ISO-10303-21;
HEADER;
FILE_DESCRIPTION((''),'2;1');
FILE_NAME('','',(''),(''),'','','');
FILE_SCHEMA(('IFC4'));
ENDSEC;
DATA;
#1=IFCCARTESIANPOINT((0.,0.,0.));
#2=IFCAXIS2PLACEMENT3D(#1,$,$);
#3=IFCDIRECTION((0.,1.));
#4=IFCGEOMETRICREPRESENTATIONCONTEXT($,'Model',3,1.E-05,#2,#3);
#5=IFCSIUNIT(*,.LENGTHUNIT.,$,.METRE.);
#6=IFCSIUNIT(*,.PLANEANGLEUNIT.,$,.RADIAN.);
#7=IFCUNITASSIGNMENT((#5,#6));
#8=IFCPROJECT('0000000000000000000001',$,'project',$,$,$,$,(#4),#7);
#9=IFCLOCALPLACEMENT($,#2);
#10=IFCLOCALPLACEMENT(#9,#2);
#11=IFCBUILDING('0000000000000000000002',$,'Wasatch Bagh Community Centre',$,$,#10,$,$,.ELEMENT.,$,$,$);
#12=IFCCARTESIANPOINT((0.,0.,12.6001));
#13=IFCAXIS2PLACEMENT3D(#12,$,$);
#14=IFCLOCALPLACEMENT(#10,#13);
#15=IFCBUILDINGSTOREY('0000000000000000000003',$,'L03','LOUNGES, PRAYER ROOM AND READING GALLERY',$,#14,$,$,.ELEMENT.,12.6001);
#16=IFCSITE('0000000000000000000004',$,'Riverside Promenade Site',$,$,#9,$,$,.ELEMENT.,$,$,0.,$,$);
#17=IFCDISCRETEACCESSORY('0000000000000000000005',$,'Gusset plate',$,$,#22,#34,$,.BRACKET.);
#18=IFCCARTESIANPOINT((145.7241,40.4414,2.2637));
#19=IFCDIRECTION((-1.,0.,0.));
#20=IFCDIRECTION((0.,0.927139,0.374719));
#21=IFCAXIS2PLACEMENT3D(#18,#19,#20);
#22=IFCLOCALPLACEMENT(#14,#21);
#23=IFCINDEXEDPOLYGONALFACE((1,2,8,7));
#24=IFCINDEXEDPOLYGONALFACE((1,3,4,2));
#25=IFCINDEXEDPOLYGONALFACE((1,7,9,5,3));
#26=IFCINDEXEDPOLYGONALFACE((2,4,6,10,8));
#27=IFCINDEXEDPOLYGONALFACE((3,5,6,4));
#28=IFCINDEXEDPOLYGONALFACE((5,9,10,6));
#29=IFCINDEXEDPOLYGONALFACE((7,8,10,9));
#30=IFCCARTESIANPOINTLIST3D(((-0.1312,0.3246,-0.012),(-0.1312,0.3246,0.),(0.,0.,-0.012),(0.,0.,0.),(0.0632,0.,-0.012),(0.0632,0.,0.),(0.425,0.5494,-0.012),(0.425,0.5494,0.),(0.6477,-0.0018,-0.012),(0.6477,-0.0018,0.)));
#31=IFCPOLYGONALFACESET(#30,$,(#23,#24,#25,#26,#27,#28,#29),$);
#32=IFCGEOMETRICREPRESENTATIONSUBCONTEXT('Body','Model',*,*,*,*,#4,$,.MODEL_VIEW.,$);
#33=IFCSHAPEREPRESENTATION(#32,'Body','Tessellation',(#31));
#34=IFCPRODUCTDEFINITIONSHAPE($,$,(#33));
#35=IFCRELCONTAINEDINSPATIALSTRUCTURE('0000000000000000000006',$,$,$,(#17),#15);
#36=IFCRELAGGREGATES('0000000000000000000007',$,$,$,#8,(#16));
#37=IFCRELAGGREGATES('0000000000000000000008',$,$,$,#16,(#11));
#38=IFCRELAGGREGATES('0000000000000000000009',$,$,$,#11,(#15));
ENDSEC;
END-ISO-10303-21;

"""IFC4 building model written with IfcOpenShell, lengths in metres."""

from ifc_helpers import new_model, si_unit, direction, frame, origin, place, context, subcontext, project, spatial, polyline, outline, extrude, element, save


model = new_model("IFC4")

# Units and contexts
model_context = context("Model", 3, precision=1e-05, world=origin(), true_north=direction((0.0, 1.0)))
body_context = subcontext(model_context, "Body", "Model", "MODEL_VIEW")
ifc_project = project(units=[si_unit("LENGTHUNIT", "METRE"), si_unit("PLANEANGLEUNIT", "RADIAN")], contexts=[model_context])

# Site, building, storey
site_placement = place(None, origin())
site = spatial("IfcSite", under=ifc_project, at=site_placement, Name="Riverside Promenade Site", CompositionType="ELEMENT", RefElevation=0.0)
building_placement = place(site_placement, origin())
building = spatial("IfcBuilding", under=site, at=building_placement, Name="Wasatch Bagh Community Centre", CompositionType="ELEMENT")
storey_placement = place(building_placement, frame((0.0, 0.0, 12.6001)))
storey = spatial("IfcBuildingStorey", under=building, at=storey_placement, Name="L03", Description="LOUNGES, PRAYER ROOM AND READING GALLERY", CompositionType="ELEMENT", Elevation=12.6001)

# Discrete accessory
discrete_accessory_1_placement = place(storey_placement, frame((145.7241, 40.4414, 2.2637), z_axis=(-1.0, 0.0, 0.0), x_axis=(0.0, 0.927139, 0.374719)))
element("IfcDiscreteAccessory", 1, at=discrete_accessory_1_placement, inside=storey, Name="Gusset plate", PredefinedType="BRACKET", context=body_context, shape_type="SweptSolid", body=[
    extrude(outline(polyline([(0.0, 0.0), (0.0632, 0.0), (0.6477, -0.0018), (0.425, 0.5494), (-0.1312, 0.3246), (0.0, 0.0)])), origin(), (0.0, 0.0, -1.0), 0.012),
])

save(model, "model.ifc")
